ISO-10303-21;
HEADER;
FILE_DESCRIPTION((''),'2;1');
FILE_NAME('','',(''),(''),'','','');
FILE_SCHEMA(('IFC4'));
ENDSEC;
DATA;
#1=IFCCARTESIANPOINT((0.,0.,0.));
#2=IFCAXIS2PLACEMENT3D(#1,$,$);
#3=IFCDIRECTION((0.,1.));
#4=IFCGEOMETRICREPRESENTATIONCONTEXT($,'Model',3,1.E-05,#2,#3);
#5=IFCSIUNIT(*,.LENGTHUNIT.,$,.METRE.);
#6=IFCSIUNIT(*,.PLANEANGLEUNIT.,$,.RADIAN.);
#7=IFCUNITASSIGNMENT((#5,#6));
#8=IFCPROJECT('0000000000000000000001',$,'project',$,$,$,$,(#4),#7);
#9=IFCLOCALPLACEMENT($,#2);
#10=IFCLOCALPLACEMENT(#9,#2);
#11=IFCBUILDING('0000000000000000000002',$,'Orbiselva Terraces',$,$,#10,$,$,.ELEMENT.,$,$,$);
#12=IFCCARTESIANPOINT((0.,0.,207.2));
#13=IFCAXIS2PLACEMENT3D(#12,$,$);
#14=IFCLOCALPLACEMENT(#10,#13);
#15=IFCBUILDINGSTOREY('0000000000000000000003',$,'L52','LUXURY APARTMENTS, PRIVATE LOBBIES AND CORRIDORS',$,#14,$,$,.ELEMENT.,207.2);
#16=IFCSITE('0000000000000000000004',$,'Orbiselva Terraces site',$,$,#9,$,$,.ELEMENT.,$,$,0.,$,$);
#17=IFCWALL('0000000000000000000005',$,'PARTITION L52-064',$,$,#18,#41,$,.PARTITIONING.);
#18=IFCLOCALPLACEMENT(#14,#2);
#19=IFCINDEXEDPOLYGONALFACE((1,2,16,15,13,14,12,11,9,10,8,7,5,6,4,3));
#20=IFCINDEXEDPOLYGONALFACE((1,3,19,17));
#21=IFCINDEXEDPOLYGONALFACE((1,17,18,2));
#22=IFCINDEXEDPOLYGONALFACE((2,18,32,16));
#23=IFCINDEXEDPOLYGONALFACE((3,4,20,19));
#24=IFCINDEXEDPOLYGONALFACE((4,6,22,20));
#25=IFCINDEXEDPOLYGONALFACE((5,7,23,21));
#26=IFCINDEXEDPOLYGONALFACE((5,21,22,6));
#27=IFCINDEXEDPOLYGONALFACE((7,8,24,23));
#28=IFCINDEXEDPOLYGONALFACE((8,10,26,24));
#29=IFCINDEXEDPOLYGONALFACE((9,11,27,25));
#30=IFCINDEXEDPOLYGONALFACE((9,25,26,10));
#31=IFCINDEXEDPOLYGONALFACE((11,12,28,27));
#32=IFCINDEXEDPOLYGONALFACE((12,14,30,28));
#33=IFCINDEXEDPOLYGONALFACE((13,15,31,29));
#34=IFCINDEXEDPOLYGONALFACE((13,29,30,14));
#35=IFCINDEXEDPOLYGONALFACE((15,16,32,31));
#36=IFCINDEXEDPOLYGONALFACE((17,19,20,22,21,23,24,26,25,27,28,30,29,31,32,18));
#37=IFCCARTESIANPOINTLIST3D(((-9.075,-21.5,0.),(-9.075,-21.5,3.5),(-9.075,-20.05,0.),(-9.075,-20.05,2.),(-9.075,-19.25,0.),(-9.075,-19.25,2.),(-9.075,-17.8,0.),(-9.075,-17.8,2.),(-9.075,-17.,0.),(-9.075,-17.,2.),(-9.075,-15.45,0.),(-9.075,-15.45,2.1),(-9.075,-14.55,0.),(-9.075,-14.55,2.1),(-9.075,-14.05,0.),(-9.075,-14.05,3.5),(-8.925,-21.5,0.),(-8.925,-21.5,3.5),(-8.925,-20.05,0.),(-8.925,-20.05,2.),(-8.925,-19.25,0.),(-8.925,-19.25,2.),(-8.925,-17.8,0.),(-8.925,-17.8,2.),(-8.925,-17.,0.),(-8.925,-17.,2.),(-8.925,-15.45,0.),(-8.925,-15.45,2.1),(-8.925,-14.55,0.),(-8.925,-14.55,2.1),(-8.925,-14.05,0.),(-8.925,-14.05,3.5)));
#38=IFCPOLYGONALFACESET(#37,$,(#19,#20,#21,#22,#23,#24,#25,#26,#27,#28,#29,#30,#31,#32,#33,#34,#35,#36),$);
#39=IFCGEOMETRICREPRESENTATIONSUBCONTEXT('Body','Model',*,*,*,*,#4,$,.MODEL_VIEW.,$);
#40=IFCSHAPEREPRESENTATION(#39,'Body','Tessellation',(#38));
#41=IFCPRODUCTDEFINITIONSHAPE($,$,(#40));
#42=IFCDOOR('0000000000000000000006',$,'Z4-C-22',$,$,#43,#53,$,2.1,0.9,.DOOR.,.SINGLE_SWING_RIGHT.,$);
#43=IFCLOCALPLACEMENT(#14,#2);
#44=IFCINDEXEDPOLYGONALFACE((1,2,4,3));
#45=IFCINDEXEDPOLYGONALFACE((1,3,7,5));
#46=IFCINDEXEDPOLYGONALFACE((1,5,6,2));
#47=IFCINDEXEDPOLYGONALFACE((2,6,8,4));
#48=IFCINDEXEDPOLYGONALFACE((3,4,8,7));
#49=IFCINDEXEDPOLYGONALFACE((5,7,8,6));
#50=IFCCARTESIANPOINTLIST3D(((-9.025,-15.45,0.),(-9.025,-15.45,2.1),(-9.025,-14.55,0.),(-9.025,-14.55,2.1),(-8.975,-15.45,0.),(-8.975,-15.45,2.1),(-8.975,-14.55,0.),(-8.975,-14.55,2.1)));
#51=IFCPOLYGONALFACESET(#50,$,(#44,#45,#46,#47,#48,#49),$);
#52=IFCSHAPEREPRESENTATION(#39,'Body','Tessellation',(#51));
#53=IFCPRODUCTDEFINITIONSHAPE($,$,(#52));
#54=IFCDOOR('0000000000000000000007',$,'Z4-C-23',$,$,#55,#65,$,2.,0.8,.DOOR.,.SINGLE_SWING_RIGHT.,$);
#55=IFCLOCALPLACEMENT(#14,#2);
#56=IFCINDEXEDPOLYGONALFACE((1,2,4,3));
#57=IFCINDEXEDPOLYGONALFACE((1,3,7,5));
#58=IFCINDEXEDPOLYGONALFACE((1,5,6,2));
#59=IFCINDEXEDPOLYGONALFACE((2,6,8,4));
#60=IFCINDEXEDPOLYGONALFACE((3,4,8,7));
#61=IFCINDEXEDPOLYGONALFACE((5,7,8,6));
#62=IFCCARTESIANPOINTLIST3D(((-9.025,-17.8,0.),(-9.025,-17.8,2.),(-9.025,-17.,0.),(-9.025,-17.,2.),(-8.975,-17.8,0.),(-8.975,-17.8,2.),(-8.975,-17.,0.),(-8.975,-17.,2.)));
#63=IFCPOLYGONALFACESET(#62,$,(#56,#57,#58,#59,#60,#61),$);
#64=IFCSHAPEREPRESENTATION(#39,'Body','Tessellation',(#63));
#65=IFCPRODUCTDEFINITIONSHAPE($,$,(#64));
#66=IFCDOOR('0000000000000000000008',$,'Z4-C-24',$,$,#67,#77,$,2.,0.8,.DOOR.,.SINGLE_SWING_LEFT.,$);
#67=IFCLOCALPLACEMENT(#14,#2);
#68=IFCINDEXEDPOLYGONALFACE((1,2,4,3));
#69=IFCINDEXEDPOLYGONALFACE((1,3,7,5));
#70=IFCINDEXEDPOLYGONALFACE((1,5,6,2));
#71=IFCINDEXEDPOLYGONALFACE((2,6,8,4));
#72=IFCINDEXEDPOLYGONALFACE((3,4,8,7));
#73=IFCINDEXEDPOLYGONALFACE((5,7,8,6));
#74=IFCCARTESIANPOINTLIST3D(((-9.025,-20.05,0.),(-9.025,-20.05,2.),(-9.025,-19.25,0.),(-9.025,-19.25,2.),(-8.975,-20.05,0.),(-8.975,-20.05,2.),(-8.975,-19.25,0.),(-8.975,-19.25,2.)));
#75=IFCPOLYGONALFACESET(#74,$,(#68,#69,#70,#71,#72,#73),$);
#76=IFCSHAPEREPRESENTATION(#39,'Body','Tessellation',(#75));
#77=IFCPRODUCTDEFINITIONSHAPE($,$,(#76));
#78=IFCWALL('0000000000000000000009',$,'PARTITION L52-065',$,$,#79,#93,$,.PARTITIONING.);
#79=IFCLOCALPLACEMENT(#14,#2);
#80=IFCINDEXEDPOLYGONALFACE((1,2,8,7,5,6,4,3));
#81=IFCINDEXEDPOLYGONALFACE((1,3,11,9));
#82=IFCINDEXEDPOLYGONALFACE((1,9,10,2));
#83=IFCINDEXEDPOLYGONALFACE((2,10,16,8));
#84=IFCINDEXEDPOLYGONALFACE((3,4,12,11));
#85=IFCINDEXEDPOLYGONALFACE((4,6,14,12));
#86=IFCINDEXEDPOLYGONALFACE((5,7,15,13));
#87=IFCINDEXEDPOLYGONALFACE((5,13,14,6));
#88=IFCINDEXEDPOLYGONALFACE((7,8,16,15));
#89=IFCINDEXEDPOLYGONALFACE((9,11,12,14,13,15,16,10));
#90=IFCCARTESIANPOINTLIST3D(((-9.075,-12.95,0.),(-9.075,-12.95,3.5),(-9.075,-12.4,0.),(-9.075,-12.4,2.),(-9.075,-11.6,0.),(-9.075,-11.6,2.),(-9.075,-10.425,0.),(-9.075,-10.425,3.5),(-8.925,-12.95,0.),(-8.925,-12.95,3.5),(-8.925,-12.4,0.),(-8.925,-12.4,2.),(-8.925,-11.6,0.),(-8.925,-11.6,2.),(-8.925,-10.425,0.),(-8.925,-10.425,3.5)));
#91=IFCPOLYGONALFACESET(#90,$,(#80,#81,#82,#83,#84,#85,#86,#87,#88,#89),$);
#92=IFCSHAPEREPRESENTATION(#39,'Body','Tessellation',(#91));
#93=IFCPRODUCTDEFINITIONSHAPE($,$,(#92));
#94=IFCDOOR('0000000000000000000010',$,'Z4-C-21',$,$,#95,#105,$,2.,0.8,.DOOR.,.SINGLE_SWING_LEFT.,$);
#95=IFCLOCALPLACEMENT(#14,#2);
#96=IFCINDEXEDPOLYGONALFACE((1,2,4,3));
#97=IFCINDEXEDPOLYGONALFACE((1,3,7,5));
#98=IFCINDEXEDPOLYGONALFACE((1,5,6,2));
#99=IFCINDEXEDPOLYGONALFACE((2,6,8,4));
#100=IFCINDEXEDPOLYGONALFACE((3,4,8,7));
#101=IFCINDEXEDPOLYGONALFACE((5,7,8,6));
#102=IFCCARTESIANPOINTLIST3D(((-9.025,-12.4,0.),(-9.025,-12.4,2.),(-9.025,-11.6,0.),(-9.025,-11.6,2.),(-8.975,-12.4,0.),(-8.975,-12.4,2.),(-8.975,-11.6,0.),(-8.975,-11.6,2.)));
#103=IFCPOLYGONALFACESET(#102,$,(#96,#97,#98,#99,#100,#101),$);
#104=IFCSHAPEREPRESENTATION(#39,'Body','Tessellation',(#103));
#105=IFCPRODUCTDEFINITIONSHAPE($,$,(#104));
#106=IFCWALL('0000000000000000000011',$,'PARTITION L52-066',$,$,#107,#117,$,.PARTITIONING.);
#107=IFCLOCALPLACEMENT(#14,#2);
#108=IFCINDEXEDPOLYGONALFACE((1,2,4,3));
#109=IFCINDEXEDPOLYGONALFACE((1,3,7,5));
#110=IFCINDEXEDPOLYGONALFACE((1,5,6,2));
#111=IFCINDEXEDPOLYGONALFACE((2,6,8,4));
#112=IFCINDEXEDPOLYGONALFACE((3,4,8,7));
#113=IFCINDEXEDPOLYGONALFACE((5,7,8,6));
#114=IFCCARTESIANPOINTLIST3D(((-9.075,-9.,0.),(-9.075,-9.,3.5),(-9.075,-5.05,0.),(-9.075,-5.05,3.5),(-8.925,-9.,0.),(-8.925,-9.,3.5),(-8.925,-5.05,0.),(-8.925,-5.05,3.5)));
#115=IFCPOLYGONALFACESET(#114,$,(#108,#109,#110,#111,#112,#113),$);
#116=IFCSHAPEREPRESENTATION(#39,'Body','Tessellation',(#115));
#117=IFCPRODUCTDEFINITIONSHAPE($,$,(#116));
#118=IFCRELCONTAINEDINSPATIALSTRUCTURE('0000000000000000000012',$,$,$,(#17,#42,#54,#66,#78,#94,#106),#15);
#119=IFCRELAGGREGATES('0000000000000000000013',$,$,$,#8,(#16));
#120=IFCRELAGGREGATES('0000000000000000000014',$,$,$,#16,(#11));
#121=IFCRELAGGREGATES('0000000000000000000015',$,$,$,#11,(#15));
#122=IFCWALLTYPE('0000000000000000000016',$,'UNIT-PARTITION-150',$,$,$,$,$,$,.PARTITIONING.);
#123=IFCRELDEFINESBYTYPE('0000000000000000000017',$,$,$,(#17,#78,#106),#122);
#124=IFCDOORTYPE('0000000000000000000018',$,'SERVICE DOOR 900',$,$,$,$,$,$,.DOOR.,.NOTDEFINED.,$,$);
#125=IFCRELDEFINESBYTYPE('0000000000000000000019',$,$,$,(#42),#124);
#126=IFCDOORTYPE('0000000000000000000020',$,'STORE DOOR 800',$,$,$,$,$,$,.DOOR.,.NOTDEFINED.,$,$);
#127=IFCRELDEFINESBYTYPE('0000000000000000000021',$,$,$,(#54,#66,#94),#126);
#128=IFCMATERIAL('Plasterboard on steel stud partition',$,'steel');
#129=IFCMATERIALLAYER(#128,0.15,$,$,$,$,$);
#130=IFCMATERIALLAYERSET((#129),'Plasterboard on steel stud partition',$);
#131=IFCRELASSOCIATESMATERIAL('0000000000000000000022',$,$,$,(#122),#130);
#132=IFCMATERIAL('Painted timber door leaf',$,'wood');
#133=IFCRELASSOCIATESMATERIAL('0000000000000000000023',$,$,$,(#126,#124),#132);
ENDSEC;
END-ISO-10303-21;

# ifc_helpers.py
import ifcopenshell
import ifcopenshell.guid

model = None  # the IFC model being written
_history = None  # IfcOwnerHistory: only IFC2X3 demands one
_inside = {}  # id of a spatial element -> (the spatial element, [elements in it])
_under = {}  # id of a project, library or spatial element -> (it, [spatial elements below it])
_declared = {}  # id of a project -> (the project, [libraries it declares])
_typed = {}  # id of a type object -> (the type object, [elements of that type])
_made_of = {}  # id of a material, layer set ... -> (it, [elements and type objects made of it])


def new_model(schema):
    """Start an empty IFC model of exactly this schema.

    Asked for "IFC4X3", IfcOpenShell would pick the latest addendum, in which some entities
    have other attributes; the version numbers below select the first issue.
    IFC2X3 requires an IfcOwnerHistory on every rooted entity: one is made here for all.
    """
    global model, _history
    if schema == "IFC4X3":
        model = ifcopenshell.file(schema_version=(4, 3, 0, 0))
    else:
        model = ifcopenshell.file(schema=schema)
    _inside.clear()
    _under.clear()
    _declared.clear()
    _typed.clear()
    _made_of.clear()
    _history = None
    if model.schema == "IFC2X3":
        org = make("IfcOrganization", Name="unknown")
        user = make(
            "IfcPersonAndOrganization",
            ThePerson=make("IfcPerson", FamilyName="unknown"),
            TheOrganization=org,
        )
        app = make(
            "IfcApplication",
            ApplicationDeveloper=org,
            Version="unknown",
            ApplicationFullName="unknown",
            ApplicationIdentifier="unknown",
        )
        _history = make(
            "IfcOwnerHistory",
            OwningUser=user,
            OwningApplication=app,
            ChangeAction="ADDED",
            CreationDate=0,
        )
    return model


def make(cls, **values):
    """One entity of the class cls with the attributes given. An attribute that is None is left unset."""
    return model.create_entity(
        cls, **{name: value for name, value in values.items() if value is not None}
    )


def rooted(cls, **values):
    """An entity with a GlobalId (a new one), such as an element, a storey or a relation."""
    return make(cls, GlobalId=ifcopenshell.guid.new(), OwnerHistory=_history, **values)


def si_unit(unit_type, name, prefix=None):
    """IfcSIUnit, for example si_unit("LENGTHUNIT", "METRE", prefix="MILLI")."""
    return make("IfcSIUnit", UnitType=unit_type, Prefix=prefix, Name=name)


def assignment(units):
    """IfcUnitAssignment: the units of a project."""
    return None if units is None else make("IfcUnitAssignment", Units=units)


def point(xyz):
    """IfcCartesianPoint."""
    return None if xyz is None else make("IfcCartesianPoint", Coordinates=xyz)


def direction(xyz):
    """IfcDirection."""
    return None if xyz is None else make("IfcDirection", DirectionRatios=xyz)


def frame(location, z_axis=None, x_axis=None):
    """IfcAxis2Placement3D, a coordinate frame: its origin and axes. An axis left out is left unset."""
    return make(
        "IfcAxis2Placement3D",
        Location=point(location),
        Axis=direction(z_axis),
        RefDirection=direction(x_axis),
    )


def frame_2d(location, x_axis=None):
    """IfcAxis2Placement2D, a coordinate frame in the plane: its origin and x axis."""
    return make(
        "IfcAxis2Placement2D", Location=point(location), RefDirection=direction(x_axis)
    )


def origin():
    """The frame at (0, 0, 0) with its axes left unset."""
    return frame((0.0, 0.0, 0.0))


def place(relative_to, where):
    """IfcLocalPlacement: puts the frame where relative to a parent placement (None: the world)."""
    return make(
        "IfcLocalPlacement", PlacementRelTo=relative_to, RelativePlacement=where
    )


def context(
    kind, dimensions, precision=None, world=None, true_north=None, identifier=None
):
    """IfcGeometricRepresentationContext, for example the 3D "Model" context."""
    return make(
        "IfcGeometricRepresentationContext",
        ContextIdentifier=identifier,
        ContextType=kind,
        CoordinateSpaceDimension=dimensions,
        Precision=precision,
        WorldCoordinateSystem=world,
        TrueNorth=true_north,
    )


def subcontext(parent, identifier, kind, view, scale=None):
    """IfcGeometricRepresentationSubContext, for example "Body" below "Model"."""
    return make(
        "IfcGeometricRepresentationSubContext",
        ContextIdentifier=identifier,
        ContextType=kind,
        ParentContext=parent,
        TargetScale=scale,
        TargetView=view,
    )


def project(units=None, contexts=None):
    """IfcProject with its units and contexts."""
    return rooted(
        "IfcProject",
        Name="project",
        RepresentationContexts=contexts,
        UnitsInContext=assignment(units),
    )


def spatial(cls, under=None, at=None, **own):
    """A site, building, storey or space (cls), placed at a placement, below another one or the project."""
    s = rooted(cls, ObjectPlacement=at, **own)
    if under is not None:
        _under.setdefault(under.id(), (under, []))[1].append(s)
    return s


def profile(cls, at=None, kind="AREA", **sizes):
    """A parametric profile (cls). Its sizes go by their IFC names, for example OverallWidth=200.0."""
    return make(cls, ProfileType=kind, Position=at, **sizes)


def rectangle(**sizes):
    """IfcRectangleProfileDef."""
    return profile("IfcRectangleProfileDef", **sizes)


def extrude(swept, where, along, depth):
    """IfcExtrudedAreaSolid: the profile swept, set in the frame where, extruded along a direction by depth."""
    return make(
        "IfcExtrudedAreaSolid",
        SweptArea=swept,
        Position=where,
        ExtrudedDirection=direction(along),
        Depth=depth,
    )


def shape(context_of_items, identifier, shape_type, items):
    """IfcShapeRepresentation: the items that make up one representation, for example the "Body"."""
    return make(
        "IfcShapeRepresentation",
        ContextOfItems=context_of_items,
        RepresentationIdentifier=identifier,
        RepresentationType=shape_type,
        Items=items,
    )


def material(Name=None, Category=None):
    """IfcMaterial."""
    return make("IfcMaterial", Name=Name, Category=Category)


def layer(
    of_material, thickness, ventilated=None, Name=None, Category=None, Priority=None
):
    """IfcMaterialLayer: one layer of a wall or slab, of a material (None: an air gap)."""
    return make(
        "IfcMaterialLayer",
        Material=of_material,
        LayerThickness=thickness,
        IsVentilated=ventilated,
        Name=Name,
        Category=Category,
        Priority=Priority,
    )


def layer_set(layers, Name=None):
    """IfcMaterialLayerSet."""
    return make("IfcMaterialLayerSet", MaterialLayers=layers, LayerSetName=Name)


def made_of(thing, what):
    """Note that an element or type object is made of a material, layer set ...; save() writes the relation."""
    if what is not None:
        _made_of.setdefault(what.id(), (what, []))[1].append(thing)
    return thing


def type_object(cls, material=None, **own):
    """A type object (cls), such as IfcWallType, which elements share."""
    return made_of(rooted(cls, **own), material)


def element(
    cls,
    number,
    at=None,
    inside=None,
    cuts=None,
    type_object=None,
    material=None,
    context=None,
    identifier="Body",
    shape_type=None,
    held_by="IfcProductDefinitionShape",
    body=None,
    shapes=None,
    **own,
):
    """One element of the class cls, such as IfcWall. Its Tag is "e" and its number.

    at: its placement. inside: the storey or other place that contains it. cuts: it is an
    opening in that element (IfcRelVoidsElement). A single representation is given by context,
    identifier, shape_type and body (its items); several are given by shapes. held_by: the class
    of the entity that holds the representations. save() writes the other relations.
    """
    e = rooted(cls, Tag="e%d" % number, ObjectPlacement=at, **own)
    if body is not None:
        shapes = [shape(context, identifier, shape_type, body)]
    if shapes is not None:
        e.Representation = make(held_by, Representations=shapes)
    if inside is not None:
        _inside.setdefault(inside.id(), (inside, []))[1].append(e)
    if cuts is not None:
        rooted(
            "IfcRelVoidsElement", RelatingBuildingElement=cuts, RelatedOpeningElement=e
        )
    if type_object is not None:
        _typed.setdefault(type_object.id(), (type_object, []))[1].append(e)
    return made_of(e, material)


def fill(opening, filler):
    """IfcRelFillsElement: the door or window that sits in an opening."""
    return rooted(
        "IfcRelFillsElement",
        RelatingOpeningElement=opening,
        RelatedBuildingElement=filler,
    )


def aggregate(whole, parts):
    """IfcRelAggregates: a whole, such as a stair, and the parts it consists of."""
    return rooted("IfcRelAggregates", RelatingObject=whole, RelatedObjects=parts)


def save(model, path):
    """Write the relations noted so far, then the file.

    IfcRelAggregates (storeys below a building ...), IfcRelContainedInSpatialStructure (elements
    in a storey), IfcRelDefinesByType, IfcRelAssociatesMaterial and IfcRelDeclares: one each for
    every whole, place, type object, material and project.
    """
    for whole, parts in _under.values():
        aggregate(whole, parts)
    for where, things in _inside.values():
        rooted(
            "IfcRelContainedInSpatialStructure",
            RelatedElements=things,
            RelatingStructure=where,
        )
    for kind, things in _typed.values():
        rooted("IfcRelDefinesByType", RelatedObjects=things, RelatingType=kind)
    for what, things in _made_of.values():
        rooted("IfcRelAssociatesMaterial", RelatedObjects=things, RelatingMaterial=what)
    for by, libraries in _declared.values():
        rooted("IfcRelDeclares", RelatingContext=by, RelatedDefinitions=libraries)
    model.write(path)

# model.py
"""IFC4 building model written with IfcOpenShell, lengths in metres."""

from ifc_helpers import new_model, si_unit, direction, frame, frame_2d, origin, place, context, subcontext, project, spatial, rectangle, extrude, material, layer, layer_set, type_object, element, fill, save


model = new_model("IFC4")

# Units and contexts
model_context = context("Model", 3, precision=1e-05, world=origin(), true_north=direction((0.0, 1.0)))
body_context = subcontext(model_context, "Body", "Model", "MODEL_VIEW")
ifc_project = project(units=[si_unit("LENGTHUNIT", "METRE"), si_unit("PLANEANGLEUNIT", "RADIAN")], contexts=[model_context])

# Site, building, storey
site_placement = place(None, origin())
site = spatial("IfcSite", under=ifc_project, at=site_placement, Name="Orbiselva Terraces site", CompositionType="ELEMENT", RefElevation=0.0)
building_placement = place(site_placement, origin())
building = spatial("IfcBuilding", under=site, at=building_placement, Name="Orbiselva Terraces", CompositionType="ELEMENT")
storey_placement = place(building_placement, frame((0.0, 0.0, 207.2)))
storey = spatial("IfcBuildingStorey", under=building, at=storey_placement, Name="L52", Description="LUXURY APARTMENTS, PRIVATE LOBBIES AND CORRIDORS", CompositionType="ELEMENT", Elevation=207.2)

# Shared definitions
ifc_material_1 = material(Name="Plasterboard on steel stud partition", Category="steel")
ifc_material_2 = material(Name="Painted timber door leaf", Category="wood")

# Shared definitions
ifc_layer_1 = layer(ifc_material_1, 0.15)
ifc_layer_set_1 = layer_set([ifc_layer_1], Name="Plasterboard on steel stud partition")
wall_type_1 = type_object("IfcWallType", Name="UNIT-PARTITION-150", PredefinedType="PARTITIONING", material=ifc_layer_set_1)

# Shared definitions
door_type_1 = type_object("IfcDoorType", Name="STORE DOOR 800", OperationType="NOTDEFINED", PredefinedType="DOOR", material=ifc_material_2)

# Wall, openings, doors
wall_1_placement = place(storey_placement, frame((-9.0, -21.5, 0.0), z_axis=(0.0, 0.0, 1.0), x_axis=(0.0, 1.0, 0.0)))
wall_1 = element("IfcWall", 1, at=wall_1_placement, inside=storey, type_object=wall_type_1, Name="PARTITION L52-064", PredefinedType="PARTITIONING", context=body_context, shape_type="SweptSolid", body=[
    extrude(rectangle(XDim=7.45, YDim=0.15, at=frame_2d((3.725, 0.0))), origin(), (0.0, 0.0, 1.0), 3.5),
])
opening_1_placement = place(wall_1_placement, frame((6.05, 0.0, 0.0)))
opening_1 = element("IfcOpeningElement", 2, at=opening_1_placement, cuts=wall_1, PredefinedType="OPENING", context=body_context, shape_type="SweptSolid", body=[
    extrude(rectangle(XDim=0.9, YDim=2.1, at=frame_2d((0.45, 1.05))), frame((0.0, 0.085, 0.0), z_axis=(0.0, -1.0, 0.0), x_axis=(1.0, 0.0, 0.0)), (0.0, 0.0, 1.0), 0.17),
])
opening_2_placement = place(wall_1_placement, frame((3.7, 0.0, 0.0)))
opening_2 = element("IfcOpeningElement", 3, at=opening_2_placement, cuts=wall_1, PredefinedType="OPENING", context=body_context, shape_type="SweptSolid", body=[
    extrude(rectangle(XDim=0.8, YDim=2.0, at=frame_2d((0.4, 1.0))), frame((0.0, 0.085, 0.0), z_axis=(0.0, -1.0, 0.0), x_axis=(1.0, 0.0, 0.0)), (0.0, 0.0, 1.0), 0.17),
])
opening_3_placement = place(wall_1_placement, frame((1.45, 0.0, 0.0)))
opening_3 = element("IfcOpeningElement", 4, at=opening_3_placement, cuts=wall_1, PredefinedType="OPENING", context=body_context, shape_type="SweptSolid", body=[
    extrude(rectangle(XDim=0.8, YDim=2.0, at=frame_2d((0.4, 1.0))), frame((0.0, 0.085, 0.0), z_axis=(0.0, -1.0, 0.0), x_axis=(1.0, 0.0, 0.0)), (0.0, 0.0, 1.0), 0.17),
])
door_type_2 = type_object("IfcDoorType", Name="SERVICE DOOR 900", OperationType="NOTDEFINED", PredefinedType="DOOR", material=ifc_material_2)
door_1_placement = place(opening_1_placement, origin())
door_1 = element("IfcDoor", 5, at=door_1_placement, inside=storey, type_object=door_type_2, Name="Z4-C-22", OperationType="SINGLE_SWING_RIGHT", OverallHeight=2.1, OverallWidth=0.9, PredefinedType="DOOR", context=body_context, shape_type="SweptSolid", body=[
    extrude(rectangle(XDim=0.9, YDim=2.1, at=frame_2d((0.45, 1.05))), frame((0.0, 0.025, 0.0), z_axis=(0.0, -1.0, 0.0), x_axis=(1.0, 0.0, 0.0)), (0.0, 0.0, 1.0), 0.05),
])
fill(opening_1, door_1)
door_2_placement = place(opening_2_placement, origin())
door_2 = element("IfcDoor", 6, at=door_2_placement, inside=storey, type_object=door_type_1, Name="Z4-C-23", OperationType="SINGLE_SWING_RIGHT", OverallHeight=2.0, OverallWidth=0.8, PredefinedType="DOOR", context=body_context, shape_type="SweptSolid", body=[
    extrude(rectangle(XDim=0.8, YDim=2.0, at=frame_2d((0.4, 1.0))), frame((0.0, 0.025, 0.0), z_axis=(0.0, -1.0, 0.0), x_axis=(1.0, 0.0, 0.0)), (0.0, 0.0, 1.0), 0.05),
])
fill(opening_2, door_2)
door_3_placement = place(opening_3_placement, origin())
door_3 = element("IfcDoor", 7, at=door_3_placement, inside=storey, type_object=door_type_1, Name="Z4-C-24", OperationType="SINGLE_SWING_LEFT", OverallHeight=2.0, OverallWidth=0.8, PredefinedType="DOOR", context=body_context, shape_type="SweptSolid", body=[
    extrude(rectangle(XDim=0.8, YDim=2.0, at=frame_2d((0.4, 1.0))), frame((0.0, 0.025, 0.0), z_axis=(0.0, -1.0, 0.0), x_axis=(1.0, 0.0, 0.0)), (0.0, 0.0, 1.0), 0.05),
])
fill(opening_3, door_3)

# Wall, opening, door
wall_2_placement = place(storey_placement, frame((-9.0, -12.95, 0.0), z_axis=(0.0, 0.0, 1.0), x_axis=(0.0, 1.0, 0.0)))
wall_2 = element("IfcWall", 8, at=wall_2_placement, inside=storey, type_object=wall_type_1, Name="PARTITION L52-065", PredefinedType="PARTITIONING", context=body_context, shape_type="SweptSolid", body=[
    extrude(rectangle(XDim=2.525, YDim=0.15, at=frame_2d((1.2625, 0.0))), origin(), (0.0, 0.0, 1.0), 3.5),
])
opening_4_placement = place(wall_2_placement, frame((0.55, 0.0, 0.0)))
opening_4 = element("IfcOpeningElement", 9, at=opening_4_placement, cuts=wall_2, PredefinedType="OPENING", context=body_context, shape_type="SweptSolid", body=[
    extrude(rectangle(XDim=0.8, YDim=2.0, at=frame_2d((0.4, 1.0))), frame((0.0, 0.085, 0.0), z_axis=(0.0, -1.0, 0.0), x_axis=(1.0, 0.0, 0.0)), (0.0, 0.0, 1.0), 0.17),
])
door_4_placement = place(opening_4_placement, origin())
door_4 = element("IfcDoor", 10, at=door_4_placement, inside=storey, type_object=door_type_1, Name="Z4-C-21", OperationType="SINGLE_SWING_LEFT", OverallHeight=2.0, OverallWidth=0.8, PredefinedType="DOOR", context=body_context, shape_type="SweptSolid", body=[
    extrude(rectangle(XDim=0.8, YDim=2.0, at=frame_2d((0.4, 1.0))), frame((0.0, 0.025, 0.0), z_axis=(0.0, -1.0, 0.0), x_axis=(1.0, 0.0, 0.0)), (0.0, 0.0, 1.0), 0.05),
])
fill(opening_4, door_4)

# Wall
wall_3_placement = place(storey_placement, frame((-9.0, -9.0, 0.0), z_axis=(0.0, 0.0, 1.0), x_axis=(0.0, 1.0, 0.0)))
element("IfcWall", 11, at=wall_3_placement, inside=storey, type_object=wall_type_1, Name="PARTITION L52-066", PredefinedType="PARTITIONING", context=body_context, shape_type="SweptSolid", body=[
    extrude(rectangle(XDim=3.95, YDim=0.15, at=frame_2d((1.975, 0.0))), origin(), (0.0, 0.0, 1.0), 3.5),
])

save(model, "model.ifc")
